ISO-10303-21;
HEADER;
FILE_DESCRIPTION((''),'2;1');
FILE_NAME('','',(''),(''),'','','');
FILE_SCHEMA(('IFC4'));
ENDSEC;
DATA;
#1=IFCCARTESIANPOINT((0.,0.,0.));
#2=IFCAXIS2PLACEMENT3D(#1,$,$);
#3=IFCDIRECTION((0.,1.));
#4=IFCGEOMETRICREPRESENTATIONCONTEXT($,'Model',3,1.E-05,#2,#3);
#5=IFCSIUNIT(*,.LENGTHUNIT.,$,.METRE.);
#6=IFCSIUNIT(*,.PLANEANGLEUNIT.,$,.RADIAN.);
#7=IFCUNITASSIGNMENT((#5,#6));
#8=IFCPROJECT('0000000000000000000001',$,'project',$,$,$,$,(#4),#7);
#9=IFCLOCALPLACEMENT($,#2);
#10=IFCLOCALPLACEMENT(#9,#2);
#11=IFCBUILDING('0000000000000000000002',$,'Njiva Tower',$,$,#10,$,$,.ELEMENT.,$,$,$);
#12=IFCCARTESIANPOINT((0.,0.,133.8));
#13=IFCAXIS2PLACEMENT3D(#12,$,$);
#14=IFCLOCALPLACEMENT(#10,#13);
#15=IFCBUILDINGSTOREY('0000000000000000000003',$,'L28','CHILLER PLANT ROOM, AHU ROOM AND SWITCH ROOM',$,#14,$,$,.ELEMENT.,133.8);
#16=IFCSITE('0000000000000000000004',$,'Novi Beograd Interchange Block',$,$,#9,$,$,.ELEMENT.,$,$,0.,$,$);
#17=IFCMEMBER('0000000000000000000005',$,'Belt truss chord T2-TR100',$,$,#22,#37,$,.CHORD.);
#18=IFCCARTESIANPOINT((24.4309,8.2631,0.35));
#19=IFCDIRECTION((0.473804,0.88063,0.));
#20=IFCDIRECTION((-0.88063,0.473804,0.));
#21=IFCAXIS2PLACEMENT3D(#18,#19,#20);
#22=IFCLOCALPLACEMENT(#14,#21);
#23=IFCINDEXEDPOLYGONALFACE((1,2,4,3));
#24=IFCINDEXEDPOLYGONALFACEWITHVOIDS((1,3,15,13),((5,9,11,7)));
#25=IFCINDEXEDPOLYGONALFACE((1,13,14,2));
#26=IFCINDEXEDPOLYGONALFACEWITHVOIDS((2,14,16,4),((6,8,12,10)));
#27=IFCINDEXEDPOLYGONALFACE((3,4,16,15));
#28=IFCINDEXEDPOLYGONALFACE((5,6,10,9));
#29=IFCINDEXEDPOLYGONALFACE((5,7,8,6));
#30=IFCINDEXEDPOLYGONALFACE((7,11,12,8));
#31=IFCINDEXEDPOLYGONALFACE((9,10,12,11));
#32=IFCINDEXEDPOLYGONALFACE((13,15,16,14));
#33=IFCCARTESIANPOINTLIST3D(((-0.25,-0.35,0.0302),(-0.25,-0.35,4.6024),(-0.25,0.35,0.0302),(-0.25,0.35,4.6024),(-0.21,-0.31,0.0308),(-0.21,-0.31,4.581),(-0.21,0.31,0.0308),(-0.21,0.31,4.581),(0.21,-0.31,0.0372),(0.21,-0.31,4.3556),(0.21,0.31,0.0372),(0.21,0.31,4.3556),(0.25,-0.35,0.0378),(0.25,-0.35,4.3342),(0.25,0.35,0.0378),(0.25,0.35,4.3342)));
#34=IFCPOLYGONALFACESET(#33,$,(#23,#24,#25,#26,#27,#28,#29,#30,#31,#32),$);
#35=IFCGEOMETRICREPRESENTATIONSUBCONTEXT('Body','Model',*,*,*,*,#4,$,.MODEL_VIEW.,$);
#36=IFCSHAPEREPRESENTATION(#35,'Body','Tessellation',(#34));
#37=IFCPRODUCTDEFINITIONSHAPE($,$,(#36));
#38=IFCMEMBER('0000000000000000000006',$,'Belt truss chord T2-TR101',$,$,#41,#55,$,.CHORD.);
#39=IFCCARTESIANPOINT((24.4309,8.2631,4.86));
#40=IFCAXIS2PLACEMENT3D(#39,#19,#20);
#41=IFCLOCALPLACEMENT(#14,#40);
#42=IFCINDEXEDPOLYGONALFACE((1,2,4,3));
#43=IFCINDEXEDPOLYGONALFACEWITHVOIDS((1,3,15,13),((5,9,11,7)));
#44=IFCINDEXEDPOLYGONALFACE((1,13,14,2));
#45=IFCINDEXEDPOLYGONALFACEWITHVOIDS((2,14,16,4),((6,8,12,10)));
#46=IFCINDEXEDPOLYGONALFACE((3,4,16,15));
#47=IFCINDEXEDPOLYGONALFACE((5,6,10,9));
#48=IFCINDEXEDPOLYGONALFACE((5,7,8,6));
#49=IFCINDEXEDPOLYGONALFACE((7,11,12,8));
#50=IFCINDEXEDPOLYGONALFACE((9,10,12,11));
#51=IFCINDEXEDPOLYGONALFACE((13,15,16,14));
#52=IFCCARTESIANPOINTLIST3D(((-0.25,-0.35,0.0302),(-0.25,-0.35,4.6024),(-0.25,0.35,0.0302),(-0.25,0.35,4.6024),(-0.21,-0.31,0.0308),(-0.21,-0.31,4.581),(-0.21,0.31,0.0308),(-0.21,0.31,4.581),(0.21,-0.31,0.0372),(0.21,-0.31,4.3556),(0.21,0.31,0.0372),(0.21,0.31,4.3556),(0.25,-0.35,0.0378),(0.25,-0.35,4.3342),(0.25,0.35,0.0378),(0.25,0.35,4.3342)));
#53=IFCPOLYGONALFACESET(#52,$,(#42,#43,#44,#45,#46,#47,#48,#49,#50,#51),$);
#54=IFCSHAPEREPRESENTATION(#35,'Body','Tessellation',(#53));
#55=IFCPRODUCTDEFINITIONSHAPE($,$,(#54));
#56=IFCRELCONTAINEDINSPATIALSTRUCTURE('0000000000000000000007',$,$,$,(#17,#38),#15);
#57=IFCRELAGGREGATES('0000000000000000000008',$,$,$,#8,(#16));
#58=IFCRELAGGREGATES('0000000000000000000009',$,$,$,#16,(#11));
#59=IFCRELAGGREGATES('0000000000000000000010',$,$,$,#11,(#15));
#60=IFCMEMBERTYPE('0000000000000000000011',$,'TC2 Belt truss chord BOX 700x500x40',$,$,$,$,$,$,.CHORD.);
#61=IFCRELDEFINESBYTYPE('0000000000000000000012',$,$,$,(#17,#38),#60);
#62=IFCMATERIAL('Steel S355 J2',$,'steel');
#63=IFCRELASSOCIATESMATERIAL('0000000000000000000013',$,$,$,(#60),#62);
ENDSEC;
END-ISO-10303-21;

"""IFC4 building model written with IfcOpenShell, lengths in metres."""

from ifc_helpers import new_model, si_unit, direction, frame, origin, origin_2d, place, context, subcontext, project, spatial, hollow_rectangle, extrude, clip, halfspace, material, material_profile, profile_set, type_object, element, save


model = new_model("IFC4")

# Units and contexts
model_context = context("Model", 3, precision=1e-05, world=origin(), true_north=direction((0.0, 1.0)))
body_context = subcontext(model_context, "Body", "Model", "MODEL_VIEW")
ifc_project = project(units=[si_unit("LENGTHUNIT", "METRE"), si_unit("PLANEANGLEUNIT", "RADIAN")], contexts=[model_context])

# Site, building, storey
site_placement = place(None, origin())
site = spatial("IfcSite", under=ifc_project, at=site_placement, Name="Novi Beograd Interchange Block", CompositionType="ELEMENT", RefElevation=0.0)
building_placement = place(site_placement, origin())
building = spatial("IfcBuilding", under=site, at=building_placement, Name="Njiva Tower", CompositionType="ELEMENT")
storey_placement = place(building_placement, frame((0.0, 0.0, 133.8)))
storey = spatial("IfcBuildingStorey", under=building, at=storey_placement, Name="L28", Description="CHILLER PLANT ROOM, AHU ROOM AND SWITCH ROOM", CompositionType="ELEMENT", Elevation=133.8)

# Shared definitions
ifc_material_1 = material(Name="Steel S355 J2", Category="steel")

# Members
ifc_material_profile_1 = material_profile(ifc_material_1, hollow_rectangle(XDim=0.5, YDim=0.7, WallThickness=0.04, at=origin_2d()), Name="BOX 700x500x40")
ifc_profile_set_1 = profile_set([ifc_material_profile_1], Name="Steel S355 J2")
member_type_1 = type_object("IfcMemberType", Name="TC2 Belt truss chord BOX 700x500x40", PredefinedType="CHORD", material=ifc_profile_set_1)
member_1_placement = place(storey_placement, frame((24.4309, 8.2631, 0.35), z_axis=(0.473804, 0.88063, 0.0), x_axis=(-0.88063, 0.473804, 0.0)))
element("IfcMember", 1, at=member_1_placement, inside=storey, type_object=member_type_1, Name="Belt truss chord T2-TR100", PredefinedType="CHORD", context=body_context, shape_type="Clipping", body=[
    clip(clip(extrude(hollow_rectangle(XDim=0.5, YDim=0.7, WallThickness=0.04, at=origin_2d()), origin(), (0.0, 0.0, 1.0), 4.6323), halfspace(frame((0.0, -134.15, 0.034), z_axis=(0.015002, 0.0, -0.999887), x_axis=(0.0, -1.0, 0.0)), False)), halfspace(frame((0.0, -134.15, 4.4683), z_axis=(0.47272, 0.0, 0.881212), x_axis=(0.0, 1.0, 0.0)), False)),
])
member_2_placement = place(storey_placement, frame((24.4309, 8.2631, 4.86), z_axis=(0.473804, 0.88063, 0.0), x_axis=(-0.88063, 0.473804, 0.0)))
element("IfcMember", 2, at=member_2_placement, inside=storey, type_object=member_type_1, Name="Belt truss chord T2-TR101", PredefinedType="CHORD", context=body_context, shape_type="Clipping", body=[
    clip(clip(extrude(hollow_rectangle(XDim=0.5, YDim=0.7, WallThickness=0.04, at=origin_2d()), origin(), (0.0, 0.0, 1.0), 4.6323), halfspace(frame((0.0, -138.66, 0.034), z_axis=(0.015002, 0.0, -0.999887), x_axis=(0.0, -1.0, 0.0)), False)), halfspace(frame((0.0, -138.66, 4.4683), z_axis=(0.47272, 0.0, 0.881212), x_axis=(0.0, 1.0, 0.0)), False)),
])

save(model, "model.ifc")
